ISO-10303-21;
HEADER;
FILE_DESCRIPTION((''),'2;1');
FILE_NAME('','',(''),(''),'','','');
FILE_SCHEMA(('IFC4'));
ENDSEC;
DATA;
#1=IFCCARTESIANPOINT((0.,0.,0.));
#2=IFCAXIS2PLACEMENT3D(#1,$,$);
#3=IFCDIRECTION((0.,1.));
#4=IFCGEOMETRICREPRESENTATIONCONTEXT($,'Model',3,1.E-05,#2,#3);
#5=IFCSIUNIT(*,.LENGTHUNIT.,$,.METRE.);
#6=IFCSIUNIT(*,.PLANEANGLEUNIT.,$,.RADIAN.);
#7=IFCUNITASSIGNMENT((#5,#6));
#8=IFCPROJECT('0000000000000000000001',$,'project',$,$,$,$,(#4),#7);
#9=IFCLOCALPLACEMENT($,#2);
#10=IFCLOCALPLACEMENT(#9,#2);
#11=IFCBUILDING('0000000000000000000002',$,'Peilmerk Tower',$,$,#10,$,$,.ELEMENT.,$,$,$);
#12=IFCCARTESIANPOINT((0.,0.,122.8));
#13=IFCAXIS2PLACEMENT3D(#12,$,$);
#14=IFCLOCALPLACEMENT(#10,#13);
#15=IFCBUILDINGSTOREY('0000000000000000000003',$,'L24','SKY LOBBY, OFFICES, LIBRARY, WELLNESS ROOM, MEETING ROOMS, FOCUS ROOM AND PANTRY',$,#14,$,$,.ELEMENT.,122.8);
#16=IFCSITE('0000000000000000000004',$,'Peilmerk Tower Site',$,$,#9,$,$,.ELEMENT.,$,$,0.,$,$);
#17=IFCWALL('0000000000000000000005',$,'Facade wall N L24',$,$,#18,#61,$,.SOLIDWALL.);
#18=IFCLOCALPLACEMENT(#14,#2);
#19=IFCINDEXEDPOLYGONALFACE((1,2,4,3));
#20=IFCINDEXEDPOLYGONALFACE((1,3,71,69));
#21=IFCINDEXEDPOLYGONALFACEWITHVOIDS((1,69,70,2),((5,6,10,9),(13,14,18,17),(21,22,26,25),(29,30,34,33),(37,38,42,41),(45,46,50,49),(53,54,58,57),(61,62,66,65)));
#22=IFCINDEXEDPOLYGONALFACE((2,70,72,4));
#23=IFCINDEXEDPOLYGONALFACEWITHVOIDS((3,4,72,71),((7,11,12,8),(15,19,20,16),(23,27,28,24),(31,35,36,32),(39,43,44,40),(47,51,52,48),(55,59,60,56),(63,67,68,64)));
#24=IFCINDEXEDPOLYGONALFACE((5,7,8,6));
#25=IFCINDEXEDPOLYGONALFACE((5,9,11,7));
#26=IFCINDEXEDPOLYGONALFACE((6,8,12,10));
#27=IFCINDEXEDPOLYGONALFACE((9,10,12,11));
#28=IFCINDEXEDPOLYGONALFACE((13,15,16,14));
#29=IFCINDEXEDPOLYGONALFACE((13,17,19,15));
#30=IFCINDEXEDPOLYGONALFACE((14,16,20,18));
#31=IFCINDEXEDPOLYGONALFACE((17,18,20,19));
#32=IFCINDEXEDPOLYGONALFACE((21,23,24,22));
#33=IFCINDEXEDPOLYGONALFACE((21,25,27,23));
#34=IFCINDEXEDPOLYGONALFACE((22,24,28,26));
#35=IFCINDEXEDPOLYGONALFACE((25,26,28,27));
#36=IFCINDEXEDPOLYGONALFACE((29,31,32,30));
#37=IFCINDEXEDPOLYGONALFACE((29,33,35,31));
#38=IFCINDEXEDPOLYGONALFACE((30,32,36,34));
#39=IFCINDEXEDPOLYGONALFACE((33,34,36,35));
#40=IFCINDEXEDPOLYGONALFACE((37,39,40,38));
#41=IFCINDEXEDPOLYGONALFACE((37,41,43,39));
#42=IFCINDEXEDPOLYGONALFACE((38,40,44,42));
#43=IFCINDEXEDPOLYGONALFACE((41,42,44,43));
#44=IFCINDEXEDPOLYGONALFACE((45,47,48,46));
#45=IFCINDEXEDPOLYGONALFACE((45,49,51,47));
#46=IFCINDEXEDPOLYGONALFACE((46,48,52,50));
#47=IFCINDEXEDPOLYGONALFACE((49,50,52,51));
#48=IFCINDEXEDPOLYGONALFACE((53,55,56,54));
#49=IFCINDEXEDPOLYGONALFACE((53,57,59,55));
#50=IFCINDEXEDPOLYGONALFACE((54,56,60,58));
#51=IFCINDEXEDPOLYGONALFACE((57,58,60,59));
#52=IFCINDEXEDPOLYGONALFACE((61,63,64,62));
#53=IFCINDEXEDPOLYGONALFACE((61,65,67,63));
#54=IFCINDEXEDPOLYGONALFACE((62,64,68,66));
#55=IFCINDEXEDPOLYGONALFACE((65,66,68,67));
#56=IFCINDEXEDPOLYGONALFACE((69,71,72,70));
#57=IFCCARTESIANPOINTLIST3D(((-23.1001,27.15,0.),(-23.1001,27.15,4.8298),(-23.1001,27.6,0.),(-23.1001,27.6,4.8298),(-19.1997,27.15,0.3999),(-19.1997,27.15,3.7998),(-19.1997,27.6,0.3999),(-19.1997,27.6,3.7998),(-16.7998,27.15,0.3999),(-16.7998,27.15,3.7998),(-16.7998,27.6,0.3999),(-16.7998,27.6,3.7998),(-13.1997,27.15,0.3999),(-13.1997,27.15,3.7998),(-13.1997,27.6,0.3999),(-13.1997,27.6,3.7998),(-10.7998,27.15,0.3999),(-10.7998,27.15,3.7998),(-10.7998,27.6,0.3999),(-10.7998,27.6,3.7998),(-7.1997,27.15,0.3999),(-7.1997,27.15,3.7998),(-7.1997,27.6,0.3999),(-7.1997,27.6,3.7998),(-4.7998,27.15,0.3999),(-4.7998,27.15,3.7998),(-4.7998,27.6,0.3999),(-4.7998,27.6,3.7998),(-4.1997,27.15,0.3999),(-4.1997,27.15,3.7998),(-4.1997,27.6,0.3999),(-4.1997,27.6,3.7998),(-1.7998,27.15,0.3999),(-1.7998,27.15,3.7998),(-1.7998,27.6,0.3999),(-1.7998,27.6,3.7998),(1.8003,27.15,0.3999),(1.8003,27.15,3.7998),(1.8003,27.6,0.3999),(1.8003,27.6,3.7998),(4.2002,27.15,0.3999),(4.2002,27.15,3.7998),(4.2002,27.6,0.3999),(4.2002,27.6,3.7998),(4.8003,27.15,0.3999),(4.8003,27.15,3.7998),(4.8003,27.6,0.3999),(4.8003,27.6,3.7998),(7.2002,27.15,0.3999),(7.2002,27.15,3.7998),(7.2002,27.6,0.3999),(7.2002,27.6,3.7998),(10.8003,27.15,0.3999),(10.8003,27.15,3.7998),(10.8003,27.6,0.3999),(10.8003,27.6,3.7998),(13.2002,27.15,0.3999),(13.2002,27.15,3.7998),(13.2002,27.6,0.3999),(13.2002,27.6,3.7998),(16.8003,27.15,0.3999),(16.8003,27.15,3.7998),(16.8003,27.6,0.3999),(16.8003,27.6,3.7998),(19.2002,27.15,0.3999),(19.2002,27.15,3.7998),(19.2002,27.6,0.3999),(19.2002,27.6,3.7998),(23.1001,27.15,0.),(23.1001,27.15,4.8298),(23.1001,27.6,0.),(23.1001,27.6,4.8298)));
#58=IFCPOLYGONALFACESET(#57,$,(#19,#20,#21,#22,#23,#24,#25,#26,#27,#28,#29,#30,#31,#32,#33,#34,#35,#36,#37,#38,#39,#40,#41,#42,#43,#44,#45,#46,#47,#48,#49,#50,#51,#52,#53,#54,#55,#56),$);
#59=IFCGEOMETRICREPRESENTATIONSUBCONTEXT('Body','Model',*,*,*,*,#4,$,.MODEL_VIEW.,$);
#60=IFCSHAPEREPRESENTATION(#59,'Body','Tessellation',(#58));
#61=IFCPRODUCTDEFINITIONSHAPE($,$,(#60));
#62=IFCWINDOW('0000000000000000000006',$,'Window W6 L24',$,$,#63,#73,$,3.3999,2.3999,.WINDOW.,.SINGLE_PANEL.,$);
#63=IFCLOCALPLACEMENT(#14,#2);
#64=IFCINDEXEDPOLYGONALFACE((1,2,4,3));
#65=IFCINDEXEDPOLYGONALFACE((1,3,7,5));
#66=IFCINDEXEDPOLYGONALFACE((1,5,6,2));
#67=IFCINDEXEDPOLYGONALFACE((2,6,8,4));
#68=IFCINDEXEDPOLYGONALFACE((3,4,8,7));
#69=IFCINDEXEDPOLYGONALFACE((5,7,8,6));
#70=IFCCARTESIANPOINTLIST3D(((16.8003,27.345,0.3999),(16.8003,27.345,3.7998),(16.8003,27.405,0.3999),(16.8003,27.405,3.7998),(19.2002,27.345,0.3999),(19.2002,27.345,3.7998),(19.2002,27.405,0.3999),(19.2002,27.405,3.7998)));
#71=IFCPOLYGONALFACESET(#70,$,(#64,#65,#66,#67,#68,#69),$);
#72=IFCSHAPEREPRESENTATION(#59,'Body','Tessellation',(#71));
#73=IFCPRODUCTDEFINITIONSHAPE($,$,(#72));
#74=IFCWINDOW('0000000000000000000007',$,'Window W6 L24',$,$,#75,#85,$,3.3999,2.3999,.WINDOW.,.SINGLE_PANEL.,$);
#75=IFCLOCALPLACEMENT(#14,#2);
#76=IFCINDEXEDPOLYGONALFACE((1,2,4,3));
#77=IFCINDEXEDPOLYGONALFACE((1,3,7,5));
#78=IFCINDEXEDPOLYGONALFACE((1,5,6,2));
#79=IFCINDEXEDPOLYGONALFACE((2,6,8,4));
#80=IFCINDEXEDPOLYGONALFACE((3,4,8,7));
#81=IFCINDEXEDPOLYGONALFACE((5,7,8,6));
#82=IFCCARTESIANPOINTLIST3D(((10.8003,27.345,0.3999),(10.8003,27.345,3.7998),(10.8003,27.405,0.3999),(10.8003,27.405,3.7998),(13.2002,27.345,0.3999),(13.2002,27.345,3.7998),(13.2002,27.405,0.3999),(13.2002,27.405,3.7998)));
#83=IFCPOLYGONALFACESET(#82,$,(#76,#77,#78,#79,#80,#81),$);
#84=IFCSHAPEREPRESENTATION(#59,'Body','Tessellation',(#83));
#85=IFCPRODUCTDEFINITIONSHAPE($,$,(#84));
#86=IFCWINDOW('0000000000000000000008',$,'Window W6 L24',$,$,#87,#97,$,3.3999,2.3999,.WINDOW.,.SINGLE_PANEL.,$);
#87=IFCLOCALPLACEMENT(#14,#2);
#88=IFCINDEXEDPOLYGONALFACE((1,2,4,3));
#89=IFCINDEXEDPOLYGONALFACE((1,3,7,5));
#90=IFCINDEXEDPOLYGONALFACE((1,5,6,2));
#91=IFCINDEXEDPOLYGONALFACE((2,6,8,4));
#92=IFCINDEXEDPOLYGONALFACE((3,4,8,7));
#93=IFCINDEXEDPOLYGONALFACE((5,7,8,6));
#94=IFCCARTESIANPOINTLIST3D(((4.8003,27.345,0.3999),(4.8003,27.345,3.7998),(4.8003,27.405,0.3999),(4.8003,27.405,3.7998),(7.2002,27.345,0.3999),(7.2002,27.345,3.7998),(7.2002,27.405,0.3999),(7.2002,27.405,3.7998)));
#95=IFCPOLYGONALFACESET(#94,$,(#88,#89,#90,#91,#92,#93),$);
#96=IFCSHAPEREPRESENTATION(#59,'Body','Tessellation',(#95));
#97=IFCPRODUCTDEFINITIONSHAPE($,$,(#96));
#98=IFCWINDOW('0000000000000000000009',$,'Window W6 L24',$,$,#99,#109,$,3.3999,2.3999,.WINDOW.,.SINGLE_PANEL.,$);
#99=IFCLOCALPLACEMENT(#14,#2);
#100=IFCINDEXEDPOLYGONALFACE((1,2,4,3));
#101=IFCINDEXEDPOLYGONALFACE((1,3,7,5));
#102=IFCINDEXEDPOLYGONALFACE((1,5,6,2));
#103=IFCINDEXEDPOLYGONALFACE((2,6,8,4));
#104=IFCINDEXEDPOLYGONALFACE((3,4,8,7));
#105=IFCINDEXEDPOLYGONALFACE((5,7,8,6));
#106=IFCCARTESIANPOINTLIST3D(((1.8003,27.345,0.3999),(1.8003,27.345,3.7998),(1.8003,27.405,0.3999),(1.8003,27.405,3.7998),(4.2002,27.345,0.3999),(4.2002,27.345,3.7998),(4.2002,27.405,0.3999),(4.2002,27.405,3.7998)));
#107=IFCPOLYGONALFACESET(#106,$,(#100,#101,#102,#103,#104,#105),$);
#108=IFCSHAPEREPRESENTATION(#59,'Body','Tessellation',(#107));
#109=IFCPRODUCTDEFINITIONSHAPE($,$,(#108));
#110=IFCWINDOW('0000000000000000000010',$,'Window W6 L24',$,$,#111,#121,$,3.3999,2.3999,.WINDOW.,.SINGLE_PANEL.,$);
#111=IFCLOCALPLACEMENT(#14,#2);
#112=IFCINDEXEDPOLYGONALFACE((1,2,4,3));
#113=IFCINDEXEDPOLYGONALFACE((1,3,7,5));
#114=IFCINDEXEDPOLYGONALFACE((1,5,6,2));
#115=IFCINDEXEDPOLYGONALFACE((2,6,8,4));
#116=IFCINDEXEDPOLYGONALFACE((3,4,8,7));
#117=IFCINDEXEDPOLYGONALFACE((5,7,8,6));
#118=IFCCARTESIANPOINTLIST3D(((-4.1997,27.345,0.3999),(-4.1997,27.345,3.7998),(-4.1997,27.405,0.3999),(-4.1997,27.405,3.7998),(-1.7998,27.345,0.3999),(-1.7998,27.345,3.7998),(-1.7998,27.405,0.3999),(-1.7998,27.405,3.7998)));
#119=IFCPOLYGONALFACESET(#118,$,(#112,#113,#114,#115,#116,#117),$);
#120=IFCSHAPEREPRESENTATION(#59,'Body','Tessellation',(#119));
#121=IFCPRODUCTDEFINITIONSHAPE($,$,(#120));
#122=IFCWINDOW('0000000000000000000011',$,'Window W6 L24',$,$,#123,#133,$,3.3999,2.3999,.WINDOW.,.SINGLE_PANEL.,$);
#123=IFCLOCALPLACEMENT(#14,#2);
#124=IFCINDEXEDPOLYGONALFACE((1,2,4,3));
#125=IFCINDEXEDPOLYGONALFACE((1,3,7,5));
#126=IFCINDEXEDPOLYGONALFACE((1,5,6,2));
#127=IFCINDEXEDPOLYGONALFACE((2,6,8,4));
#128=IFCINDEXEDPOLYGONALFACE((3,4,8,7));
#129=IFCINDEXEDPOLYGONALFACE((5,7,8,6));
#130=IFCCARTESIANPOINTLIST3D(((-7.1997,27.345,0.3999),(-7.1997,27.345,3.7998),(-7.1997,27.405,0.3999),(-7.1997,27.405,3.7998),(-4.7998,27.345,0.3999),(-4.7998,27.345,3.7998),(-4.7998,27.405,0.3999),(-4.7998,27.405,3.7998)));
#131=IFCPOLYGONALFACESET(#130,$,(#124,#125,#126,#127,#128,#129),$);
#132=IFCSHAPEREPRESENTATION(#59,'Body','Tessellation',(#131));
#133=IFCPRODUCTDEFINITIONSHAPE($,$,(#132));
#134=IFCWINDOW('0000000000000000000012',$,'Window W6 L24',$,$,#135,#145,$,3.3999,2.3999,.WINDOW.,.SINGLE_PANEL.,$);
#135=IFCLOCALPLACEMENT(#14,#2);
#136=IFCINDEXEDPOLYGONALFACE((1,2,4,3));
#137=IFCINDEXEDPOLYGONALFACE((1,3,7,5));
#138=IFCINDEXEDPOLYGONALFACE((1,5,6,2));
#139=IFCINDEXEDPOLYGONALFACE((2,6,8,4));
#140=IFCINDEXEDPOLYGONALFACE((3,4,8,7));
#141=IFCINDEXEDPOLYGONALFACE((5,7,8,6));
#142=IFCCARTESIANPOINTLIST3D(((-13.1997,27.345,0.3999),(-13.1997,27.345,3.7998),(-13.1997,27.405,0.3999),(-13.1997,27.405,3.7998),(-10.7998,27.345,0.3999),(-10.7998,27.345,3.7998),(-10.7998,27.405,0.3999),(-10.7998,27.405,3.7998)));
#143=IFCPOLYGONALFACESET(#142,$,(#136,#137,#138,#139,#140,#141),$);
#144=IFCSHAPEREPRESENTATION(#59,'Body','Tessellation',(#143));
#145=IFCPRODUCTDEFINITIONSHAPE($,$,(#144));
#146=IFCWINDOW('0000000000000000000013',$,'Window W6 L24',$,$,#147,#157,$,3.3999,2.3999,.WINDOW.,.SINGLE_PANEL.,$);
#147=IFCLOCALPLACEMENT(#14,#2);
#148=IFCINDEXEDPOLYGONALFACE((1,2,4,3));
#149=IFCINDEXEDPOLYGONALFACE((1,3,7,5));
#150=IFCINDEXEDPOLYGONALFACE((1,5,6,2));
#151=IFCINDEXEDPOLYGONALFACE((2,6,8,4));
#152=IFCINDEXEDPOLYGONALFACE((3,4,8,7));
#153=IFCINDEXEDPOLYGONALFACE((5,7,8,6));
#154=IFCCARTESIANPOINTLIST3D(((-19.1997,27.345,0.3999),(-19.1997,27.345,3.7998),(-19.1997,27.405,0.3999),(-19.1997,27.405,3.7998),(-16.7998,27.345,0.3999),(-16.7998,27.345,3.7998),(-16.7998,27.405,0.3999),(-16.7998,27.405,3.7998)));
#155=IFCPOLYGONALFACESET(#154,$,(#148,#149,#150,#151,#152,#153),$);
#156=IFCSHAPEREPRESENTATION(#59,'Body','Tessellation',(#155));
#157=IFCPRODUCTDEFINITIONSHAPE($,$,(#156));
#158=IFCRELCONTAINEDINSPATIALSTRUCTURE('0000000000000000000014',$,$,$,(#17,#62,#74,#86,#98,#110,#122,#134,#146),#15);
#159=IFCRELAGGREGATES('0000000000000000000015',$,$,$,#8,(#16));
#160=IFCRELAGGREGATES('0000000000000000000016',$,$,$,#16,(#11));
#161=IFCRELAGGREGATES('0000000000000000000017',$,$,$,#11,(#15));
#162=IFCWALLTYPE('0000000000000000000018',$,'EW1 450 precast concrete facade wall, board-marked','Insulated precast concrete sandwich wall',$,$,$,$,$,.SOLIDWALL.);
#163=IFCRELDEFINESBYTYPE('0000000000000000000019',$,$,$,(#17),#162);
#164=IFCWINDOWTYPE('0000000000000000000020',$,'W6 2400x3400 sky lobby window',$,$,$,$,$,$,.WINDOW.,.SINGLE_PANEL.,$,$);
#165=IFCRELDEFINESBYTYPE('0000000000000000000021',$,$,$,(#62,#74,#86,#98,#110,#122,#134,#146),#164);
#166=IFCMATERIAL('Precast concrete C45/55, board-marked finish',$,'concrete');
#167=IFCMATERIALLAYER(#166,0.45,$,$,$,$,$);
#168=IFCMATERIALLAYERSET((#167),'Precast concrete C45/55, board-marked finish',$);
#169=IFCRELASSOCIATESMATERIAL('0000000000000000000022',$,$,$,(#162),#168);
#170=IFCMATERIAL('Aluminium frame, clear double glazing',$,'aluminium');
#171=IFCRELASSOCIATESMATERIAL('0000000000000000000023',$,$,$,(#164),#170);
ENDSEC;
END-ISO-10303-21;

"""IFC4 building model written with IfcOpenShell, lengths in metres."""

from ifc_helpers import new_model, si_unit, direction, frame, frame_2d, origin, place, context, subcontext, project, spatial, rectangle, extrude, material, layer, layer_set, type_object, element, fill, save


model = new_model("IFC4")

# Units and contexts
model_context = context("Model", 3, precision=1e-05, world=origin(), true_north=direction((0.0, 1.0)))
body_context = subcontext(model_context, "Body", "Model", "MODEL_VIEW")
ifc_project = project(units=[si_unit("LENGTHUNIT", "METRE"), si_unit("PLANEANGLEUNIT", "RADIAN")], contexts=[model_context])

# Site, building, storey
site_placement = place(None, origin())
site = spatial("IfcSite", under=ifc_project, at=site_placement, Name="Peilmerk Tower Site", CompositionType="ELEMENT", RefElevation=0.0)
building_placement = place(site_placement, origin())
building = spatial("IfcBuilding", under=site, at=building_placement, Name="Peilmerk Tower", CompositionType="ELEMENT")
storey_placement = place(building_placement, frame((0.0, 0.0, 122.8)))
storey = spatial("IfcBuildingStorey", under=building, at=storey_placement, Name="L24", Description="SKY LOBBY, OFFICES, LIBRARY, WELLNESS ROOM, MEETING ROOMS, FOCUS ROOM AND PANTRY", CompositionType="ELEMENT", Elevation=122.8)

# Wall, openings, windows
ifc_material_1 = material(Name="Precast concrete C45/55, board-marked finish", Category="concrete")
ifc_layer_1 = layer(ifc_material_1, 0.45)
ifc_layer_set_1 = layer_set([ifc_layer_1], Name="Precast concrete C45/55, board-marked finish")
wall_type = type_object("IfcWallType", Name="EW1 450 precast concrete facade wall, board-marked", Description="Insulated precast concrete sandwich wall", PredefinedType="SOLIDWALL", material=ifc_layer_set_1)
wall_placement = place(storey_placement, frame((23.1001, 27.375, 0.0), z_axis=(0.0, 0.0, 1.0), x_axis=(-1.0, 0.0, 0.0)))
wall = element("IfcWall", 1, at=wall_placement, inside=storey, type_object=wall_type, Name="Facade wall N L24", PredefinedType="SOLIDWALL", context=body_context, shape_type="SweptSolid", body=[
    extrude(rectangle(XDim=46.2002, YDim=0.45, at=frame_2d((23.1001, 0.0))), origin(), (0.0, 0.0, 1.0), 4.8298),
])
opening_1_placement = place(wall_placement, frame((3.8999, 0.0, 0.3999)))
opening_1 = element("IfcOpeningElement", 2, at=opening_1_placement, cuts=wall, PredefinedType="OPENING", context=body_context, shape_type="SweptSolid", body=[
    extrude(rectangle(XDim=2.3999, YDim=3.3999, at=frame_2d((1.2, 1.7))), frame((0.0, 0.2349, 0.0), z_axis=(0.0, -1.0, 0.0), x_axis=(1.0, 0.0, 0.0)), (0.0, 0.0, 1.0), 0.47),
])
opening_2_placement = place(wall_placement, frame((9.8999, 0.0, 0.3999)))
opening_2 = element("IfcOpeningElement", 3, at=opening_2_placement, cuts=wall, PredefinedType="OPENING", context=body_context, shape_type="SweptSolid", body=[
    extrude(rectangle(XDim=2.3999, YDim=3.3999, at=frame_2d((1.2, 1.7))), frame((0.0, 0.2349, 0.0), z_axis=(0.0, -1.0, 0.0), x_axis=(1.0, 0.0, 0.0)), (0.0, 0.0, 1.0), 0.47),
])
opening_3_placement = place(wall_placement, frame((15.8999, 0.0, 0.3999)))
opening_3 = element("IfcOpeningElement", 4, at=opening_3_placement, cuts=wall, PredefinedType="OPENING", context=body_context, shape_type="SweptSolid", body=[
    extrude(rectangle(XDim=2.3999, YDim=3.3999, at=frame_2d((1.2, 1.7))), frame((0.0, 0.2349, 0.0), z_axis=(0.0, -1.0, 0.0), x_axis=(1.0, 0.0, 0.0)), (0.0, 0.0, 1.0), 0.47),
])
opening_4_placement = place(wall_placement, frame((18.8999, 0.0, 0.3999)))
opening_4 = element("IfcOpeningElement", 5, at=opening_4_placement, cuts=wall, PredefinedType="OPENING", context=body_context, shape_type="SweptSolid", body=[
    extrude(rectangle(XDim=2.3999, YDim=3.3999, at=frame_2d((1.2, 1.7))), frame((0.0, 0.2349, 0.0), z_axis=(0.0, -1.0, 0.0), x_axis=(1.0, 0.0, 0.0)), (0.0, 0.0, 1.0), 0.47),
])
opening_5_placement = place(wall_placement, frame((24.8999, 0.0, 0.3999)))
opening_5 = element("IfcOpeningElement", 6, at=opening_5_placement, cuts=wall, PredefinedType="OPENING", context=body_context, shape_type="SweptSolid", body=[
    extrude(rectangle(XDim=2.3999, YDim=3.3999, at=frame_2d((1.2, 1.7))), frame((0.0, 0.2349, 0.0), z_axis=(0.0, -1.0, 0.0), x_axis=(1.0, 0.0, 0.0)), (0.0, 0.0, 1.0), 0.47),
])
opening_6_placement = place(wall_placement, frame((27.8999, 0.0, 0.3999)))
opening_6 = element("IfcOpeningElement", 7, at=opening_6_placement, cuts=wall, PredefinedType="OPENING", context=body_context, shape_type="SweptSolid", body=[
    extrude(rectangle(XDim=2.3999, YDim=3.3999, at=frame_2d((1.2, 1.7))), frame((0.0, 0.2349, 0.0), z_axis=(0.0, -1.0, 0.0), x_axis=(1.0, 0.0, 0.0)), (0.0, 0.0, 1.0), 0.47),
])
opening_7_placement = place(wall_placement, frame((33.8999, 0.0, 0.3999)))
opening_7 = element("IfcOpeningElement", 8, at=opening_7_placement, cuts=wall, PredefinedType="OPENING", context=body_context, shape_type="SweptSolid", body=[
    extrude(rectangle(XDim=2.3999, YDim=3.3999, at=frame_2d((1.2, 1.7))), frame((0.0, 0.2349, 0.0), z_axis=(0.0, -1.0, 0.0), x_axis=(1.0, 0.0, 0.0)), (0.0, 0.0, 1.0), 0.47),
])
opening_8_placement = place(wall_placement, frame((39.8999, 0.0, 0.3999)))
opening_8 = element("IfcOpeningElement", 9, at=opening_8_placement, cuts=wall, PredefinedType="OPENING", context=body_context, shape_type="SweptSolid", body=[
    extrude(rectangle(XDim=2.3999, YDim=3.3999, at=frame_2d((1.2, 1.7))), frame((0.0, 0.2349, 0.0), z_axis=(0.0, -1.0, 0.0), x_axis=(1.0, 0.0, 0.0)), (0.0, 0.0, 1.0), 0.47),
])
ifc_material_2 = material(Name="Aluminium frame, clear double glazing", Category="aluminium")
window_type = type_object("IfcWindowType", Name="W6 2400x3400 sky lobby window", PartitioningType="SINGLE_PANEL", PredefinedType="WINDOW", material=ifc_material_2)
window_1_placement = place(opening_1_placement, origin())
window_1 = element("IfcWindow", 10, at=window_1_placement, inside=storey, type_object=window_type, Name="Window W6 L24", OverallHeight=3.3999, OverallWidth=2.3999, PartitioningType="SINGLE_PANEL", PredefinedType="WINDOW", context=body_context, shape_type="SweptSolid", body=[
    extrude(rectangle(XDim=2.3999, YDim=3.3999, at=frame_2d((1.2, 1.7))), frame((0.0, 0.03, 0.0), z_axis=(0.0, -1.0, 0.0), x_axis=(1.0, 0.0, 0.0)), (0.0, 0.0, 1.0), 0.0601),
])
fill(opening_1, window_1)
window_2_placement = place(opening_2_placement, origin())
window_2 = element("IfcWindow", 11, at=window_2_placement, inside=storey, type_object=window_type, Name="Window W6 L24", OverallHeight=3.3999, OverallWidth=2.3999, PartitioningType="SINGLE_PANEL", PredefinedType="WINDOW", context=body_context, shape_type="SweptSolid", body=[
    extrude(rectangle(XDim=2.3999, YDim=3.3999, at=frame_2d((1.2, 1.7))), frame((0.0, 0.03, 0.0), z_axis=(0.0, -1.0, 0.0), x_axis=(1.0, 0.0, 0.0)), (0.0, 0.0, 1.0), 0.0601),
])
fill(opening_2, window_2)
window_3_placement = place(opening_3_placement, origin())
window_3 = element("IfcWindow", 12, at=window_3_placement, inside=storey, type_object=window_type, Name="Window W6 L24", OverallHeight=3.3999, OverallWidth=2.3999, PartitioningType="SINGLE_PANEL", PredefinedType="WINDOW", context=body_context, shape_type="SweptSolid", body=[
    extrude(rectangle(XDim=2.3999, YDim=3.3999, at=frame_2d((1.2, 1.7))), frame((0.0, 0.03, 0.0), z_axis=(0.0, -1.0, 0.0), x_axis=(1.0, 0.0, 0.0)), (0.0, 0.0, 1.0), 0.0601),
])
fill(opening_3, window_3)
window_4_placement = place(opening_4_placement, origin())
window_4 = element("IfcWindow", 13, at=window_4_placement, inside=storey, type_object=window_type, Name="Window W6 L24", OverallHeight=3.3999, OverallWidth=2.3999, PartitioningType="SINGLE_PANEL", PredefinedType="WINDOW", context=body_context, shape_type="SweptSolid", body=[
    extrude(rectangle(XDim=2.3999, YDim=3.3999, at=frame_2d((1.2, 1.7))), frame((0.0, 0.03, 0.0), z_axis=(0.0, -1.0, 0.0), x_axis=(1.0, 0.0, 0.0)), (0.0, 0.0, 1.0), 0.0601),
])
fill(opening_4, window_4)
window_5_placement = place(opening_5_placement, origin())
window_5 = element("IfcWindow", 14, at=window_5_placement, inside=storey, type_object=window_type, Name="Window W6 L24", OverallHeight=3.3999, OverallWidth=2.3999, PartitioningType="SINGLE_PANEL", PredefinedType="WINDOW", context=body_context, shape_type="SweptSolid", body=[
    extrude(rectangle(XDim=2.3999, YDim=3.3999, at=frame_2d((1.2, 1.7))), frame((0.0, 0.03, 0.0), z_axis=(0.0, -1.0, 0.0), x_axis=(1.0, 0.0, 0.0)), (0.0, 0.0, 1.0), 0.0601),
])
fill(opening_5, window_5)
window_6_placement = place(opening_6_placement, origin())
window_6 = element("IfcWindow", 15, at=window_6_placement, inside=storey, type_object=window_type, Name="Window W6 L24", OverallHeight=3.3999, OverallWidth=2.3999, PartitioningType="SINGLE_PANEL", PredefinedType="WINDOW", context=body_context, shape_type="SweptSolid", body=[
    extrude(rectangle(XDim=2.3999, YDim=3.3999, at=frame_2d((1.2, 1.7))), frame((0.0, 0.03, 0.0), z_axis=(0.0, -1.0, 0.0), x_axis=(1.0, 0.0, 0.0)), (0.0, 0.0, 1.0), 0.0601),
])
fill(opening_6, window_6)
window_7_placement = place(opening_7_placement, origin())
window_7 = element("IfcWindow", 16, at=window_7_placement, inside=storey, type_object=window_type, Name="Window W6 L24", OverallHeight=3.3999, OverallWidth=2.3999, PartitioningType="SINGLE_PANEL", PredefinedType="WINDOW", context=body_context, shape_type="SweptSolid", body=[
    extrude(rectangle(XDim=2.3999, YDim=3.3999, at=frame_2d((1.2, 1.7))), frame((0.0, 0.03, 0.0), z_axis=(0.0, -1.0, 0.0), x_axis=(1.0, 0.0, 0.0)), (0.0, 0.0, 1.0), 0.0601),
])
fill(opening_7, window_7)
window_8_placement = place(opening_8_placement, origin())
window_8 = element("IfcWindow", 17, at=window_8_placement, inside=storey, type_object=window_type, Name="Window W6 L24", OverallHeight=3.3999, OverallWidth=2.3999, PartitioningType="SINGLE_PANEL", PredefinedType="WINDOW", context=body_context, shape_type="SweptSolid", body=[
    extrude(rectangle(XDim=2.3999, YDim=3.3999, at=frame_2d((1.2, 1.7))), frame((0.0, 0.03, 0.0), z_axis=(0.0, -1.0, 0.0), x_axis=(1.0, 0.0, 0.0)), (0.0, 0.0, 1.0), 0.0601),
])
fill(opening_8, window_8)

save(model, "model.ifc")
